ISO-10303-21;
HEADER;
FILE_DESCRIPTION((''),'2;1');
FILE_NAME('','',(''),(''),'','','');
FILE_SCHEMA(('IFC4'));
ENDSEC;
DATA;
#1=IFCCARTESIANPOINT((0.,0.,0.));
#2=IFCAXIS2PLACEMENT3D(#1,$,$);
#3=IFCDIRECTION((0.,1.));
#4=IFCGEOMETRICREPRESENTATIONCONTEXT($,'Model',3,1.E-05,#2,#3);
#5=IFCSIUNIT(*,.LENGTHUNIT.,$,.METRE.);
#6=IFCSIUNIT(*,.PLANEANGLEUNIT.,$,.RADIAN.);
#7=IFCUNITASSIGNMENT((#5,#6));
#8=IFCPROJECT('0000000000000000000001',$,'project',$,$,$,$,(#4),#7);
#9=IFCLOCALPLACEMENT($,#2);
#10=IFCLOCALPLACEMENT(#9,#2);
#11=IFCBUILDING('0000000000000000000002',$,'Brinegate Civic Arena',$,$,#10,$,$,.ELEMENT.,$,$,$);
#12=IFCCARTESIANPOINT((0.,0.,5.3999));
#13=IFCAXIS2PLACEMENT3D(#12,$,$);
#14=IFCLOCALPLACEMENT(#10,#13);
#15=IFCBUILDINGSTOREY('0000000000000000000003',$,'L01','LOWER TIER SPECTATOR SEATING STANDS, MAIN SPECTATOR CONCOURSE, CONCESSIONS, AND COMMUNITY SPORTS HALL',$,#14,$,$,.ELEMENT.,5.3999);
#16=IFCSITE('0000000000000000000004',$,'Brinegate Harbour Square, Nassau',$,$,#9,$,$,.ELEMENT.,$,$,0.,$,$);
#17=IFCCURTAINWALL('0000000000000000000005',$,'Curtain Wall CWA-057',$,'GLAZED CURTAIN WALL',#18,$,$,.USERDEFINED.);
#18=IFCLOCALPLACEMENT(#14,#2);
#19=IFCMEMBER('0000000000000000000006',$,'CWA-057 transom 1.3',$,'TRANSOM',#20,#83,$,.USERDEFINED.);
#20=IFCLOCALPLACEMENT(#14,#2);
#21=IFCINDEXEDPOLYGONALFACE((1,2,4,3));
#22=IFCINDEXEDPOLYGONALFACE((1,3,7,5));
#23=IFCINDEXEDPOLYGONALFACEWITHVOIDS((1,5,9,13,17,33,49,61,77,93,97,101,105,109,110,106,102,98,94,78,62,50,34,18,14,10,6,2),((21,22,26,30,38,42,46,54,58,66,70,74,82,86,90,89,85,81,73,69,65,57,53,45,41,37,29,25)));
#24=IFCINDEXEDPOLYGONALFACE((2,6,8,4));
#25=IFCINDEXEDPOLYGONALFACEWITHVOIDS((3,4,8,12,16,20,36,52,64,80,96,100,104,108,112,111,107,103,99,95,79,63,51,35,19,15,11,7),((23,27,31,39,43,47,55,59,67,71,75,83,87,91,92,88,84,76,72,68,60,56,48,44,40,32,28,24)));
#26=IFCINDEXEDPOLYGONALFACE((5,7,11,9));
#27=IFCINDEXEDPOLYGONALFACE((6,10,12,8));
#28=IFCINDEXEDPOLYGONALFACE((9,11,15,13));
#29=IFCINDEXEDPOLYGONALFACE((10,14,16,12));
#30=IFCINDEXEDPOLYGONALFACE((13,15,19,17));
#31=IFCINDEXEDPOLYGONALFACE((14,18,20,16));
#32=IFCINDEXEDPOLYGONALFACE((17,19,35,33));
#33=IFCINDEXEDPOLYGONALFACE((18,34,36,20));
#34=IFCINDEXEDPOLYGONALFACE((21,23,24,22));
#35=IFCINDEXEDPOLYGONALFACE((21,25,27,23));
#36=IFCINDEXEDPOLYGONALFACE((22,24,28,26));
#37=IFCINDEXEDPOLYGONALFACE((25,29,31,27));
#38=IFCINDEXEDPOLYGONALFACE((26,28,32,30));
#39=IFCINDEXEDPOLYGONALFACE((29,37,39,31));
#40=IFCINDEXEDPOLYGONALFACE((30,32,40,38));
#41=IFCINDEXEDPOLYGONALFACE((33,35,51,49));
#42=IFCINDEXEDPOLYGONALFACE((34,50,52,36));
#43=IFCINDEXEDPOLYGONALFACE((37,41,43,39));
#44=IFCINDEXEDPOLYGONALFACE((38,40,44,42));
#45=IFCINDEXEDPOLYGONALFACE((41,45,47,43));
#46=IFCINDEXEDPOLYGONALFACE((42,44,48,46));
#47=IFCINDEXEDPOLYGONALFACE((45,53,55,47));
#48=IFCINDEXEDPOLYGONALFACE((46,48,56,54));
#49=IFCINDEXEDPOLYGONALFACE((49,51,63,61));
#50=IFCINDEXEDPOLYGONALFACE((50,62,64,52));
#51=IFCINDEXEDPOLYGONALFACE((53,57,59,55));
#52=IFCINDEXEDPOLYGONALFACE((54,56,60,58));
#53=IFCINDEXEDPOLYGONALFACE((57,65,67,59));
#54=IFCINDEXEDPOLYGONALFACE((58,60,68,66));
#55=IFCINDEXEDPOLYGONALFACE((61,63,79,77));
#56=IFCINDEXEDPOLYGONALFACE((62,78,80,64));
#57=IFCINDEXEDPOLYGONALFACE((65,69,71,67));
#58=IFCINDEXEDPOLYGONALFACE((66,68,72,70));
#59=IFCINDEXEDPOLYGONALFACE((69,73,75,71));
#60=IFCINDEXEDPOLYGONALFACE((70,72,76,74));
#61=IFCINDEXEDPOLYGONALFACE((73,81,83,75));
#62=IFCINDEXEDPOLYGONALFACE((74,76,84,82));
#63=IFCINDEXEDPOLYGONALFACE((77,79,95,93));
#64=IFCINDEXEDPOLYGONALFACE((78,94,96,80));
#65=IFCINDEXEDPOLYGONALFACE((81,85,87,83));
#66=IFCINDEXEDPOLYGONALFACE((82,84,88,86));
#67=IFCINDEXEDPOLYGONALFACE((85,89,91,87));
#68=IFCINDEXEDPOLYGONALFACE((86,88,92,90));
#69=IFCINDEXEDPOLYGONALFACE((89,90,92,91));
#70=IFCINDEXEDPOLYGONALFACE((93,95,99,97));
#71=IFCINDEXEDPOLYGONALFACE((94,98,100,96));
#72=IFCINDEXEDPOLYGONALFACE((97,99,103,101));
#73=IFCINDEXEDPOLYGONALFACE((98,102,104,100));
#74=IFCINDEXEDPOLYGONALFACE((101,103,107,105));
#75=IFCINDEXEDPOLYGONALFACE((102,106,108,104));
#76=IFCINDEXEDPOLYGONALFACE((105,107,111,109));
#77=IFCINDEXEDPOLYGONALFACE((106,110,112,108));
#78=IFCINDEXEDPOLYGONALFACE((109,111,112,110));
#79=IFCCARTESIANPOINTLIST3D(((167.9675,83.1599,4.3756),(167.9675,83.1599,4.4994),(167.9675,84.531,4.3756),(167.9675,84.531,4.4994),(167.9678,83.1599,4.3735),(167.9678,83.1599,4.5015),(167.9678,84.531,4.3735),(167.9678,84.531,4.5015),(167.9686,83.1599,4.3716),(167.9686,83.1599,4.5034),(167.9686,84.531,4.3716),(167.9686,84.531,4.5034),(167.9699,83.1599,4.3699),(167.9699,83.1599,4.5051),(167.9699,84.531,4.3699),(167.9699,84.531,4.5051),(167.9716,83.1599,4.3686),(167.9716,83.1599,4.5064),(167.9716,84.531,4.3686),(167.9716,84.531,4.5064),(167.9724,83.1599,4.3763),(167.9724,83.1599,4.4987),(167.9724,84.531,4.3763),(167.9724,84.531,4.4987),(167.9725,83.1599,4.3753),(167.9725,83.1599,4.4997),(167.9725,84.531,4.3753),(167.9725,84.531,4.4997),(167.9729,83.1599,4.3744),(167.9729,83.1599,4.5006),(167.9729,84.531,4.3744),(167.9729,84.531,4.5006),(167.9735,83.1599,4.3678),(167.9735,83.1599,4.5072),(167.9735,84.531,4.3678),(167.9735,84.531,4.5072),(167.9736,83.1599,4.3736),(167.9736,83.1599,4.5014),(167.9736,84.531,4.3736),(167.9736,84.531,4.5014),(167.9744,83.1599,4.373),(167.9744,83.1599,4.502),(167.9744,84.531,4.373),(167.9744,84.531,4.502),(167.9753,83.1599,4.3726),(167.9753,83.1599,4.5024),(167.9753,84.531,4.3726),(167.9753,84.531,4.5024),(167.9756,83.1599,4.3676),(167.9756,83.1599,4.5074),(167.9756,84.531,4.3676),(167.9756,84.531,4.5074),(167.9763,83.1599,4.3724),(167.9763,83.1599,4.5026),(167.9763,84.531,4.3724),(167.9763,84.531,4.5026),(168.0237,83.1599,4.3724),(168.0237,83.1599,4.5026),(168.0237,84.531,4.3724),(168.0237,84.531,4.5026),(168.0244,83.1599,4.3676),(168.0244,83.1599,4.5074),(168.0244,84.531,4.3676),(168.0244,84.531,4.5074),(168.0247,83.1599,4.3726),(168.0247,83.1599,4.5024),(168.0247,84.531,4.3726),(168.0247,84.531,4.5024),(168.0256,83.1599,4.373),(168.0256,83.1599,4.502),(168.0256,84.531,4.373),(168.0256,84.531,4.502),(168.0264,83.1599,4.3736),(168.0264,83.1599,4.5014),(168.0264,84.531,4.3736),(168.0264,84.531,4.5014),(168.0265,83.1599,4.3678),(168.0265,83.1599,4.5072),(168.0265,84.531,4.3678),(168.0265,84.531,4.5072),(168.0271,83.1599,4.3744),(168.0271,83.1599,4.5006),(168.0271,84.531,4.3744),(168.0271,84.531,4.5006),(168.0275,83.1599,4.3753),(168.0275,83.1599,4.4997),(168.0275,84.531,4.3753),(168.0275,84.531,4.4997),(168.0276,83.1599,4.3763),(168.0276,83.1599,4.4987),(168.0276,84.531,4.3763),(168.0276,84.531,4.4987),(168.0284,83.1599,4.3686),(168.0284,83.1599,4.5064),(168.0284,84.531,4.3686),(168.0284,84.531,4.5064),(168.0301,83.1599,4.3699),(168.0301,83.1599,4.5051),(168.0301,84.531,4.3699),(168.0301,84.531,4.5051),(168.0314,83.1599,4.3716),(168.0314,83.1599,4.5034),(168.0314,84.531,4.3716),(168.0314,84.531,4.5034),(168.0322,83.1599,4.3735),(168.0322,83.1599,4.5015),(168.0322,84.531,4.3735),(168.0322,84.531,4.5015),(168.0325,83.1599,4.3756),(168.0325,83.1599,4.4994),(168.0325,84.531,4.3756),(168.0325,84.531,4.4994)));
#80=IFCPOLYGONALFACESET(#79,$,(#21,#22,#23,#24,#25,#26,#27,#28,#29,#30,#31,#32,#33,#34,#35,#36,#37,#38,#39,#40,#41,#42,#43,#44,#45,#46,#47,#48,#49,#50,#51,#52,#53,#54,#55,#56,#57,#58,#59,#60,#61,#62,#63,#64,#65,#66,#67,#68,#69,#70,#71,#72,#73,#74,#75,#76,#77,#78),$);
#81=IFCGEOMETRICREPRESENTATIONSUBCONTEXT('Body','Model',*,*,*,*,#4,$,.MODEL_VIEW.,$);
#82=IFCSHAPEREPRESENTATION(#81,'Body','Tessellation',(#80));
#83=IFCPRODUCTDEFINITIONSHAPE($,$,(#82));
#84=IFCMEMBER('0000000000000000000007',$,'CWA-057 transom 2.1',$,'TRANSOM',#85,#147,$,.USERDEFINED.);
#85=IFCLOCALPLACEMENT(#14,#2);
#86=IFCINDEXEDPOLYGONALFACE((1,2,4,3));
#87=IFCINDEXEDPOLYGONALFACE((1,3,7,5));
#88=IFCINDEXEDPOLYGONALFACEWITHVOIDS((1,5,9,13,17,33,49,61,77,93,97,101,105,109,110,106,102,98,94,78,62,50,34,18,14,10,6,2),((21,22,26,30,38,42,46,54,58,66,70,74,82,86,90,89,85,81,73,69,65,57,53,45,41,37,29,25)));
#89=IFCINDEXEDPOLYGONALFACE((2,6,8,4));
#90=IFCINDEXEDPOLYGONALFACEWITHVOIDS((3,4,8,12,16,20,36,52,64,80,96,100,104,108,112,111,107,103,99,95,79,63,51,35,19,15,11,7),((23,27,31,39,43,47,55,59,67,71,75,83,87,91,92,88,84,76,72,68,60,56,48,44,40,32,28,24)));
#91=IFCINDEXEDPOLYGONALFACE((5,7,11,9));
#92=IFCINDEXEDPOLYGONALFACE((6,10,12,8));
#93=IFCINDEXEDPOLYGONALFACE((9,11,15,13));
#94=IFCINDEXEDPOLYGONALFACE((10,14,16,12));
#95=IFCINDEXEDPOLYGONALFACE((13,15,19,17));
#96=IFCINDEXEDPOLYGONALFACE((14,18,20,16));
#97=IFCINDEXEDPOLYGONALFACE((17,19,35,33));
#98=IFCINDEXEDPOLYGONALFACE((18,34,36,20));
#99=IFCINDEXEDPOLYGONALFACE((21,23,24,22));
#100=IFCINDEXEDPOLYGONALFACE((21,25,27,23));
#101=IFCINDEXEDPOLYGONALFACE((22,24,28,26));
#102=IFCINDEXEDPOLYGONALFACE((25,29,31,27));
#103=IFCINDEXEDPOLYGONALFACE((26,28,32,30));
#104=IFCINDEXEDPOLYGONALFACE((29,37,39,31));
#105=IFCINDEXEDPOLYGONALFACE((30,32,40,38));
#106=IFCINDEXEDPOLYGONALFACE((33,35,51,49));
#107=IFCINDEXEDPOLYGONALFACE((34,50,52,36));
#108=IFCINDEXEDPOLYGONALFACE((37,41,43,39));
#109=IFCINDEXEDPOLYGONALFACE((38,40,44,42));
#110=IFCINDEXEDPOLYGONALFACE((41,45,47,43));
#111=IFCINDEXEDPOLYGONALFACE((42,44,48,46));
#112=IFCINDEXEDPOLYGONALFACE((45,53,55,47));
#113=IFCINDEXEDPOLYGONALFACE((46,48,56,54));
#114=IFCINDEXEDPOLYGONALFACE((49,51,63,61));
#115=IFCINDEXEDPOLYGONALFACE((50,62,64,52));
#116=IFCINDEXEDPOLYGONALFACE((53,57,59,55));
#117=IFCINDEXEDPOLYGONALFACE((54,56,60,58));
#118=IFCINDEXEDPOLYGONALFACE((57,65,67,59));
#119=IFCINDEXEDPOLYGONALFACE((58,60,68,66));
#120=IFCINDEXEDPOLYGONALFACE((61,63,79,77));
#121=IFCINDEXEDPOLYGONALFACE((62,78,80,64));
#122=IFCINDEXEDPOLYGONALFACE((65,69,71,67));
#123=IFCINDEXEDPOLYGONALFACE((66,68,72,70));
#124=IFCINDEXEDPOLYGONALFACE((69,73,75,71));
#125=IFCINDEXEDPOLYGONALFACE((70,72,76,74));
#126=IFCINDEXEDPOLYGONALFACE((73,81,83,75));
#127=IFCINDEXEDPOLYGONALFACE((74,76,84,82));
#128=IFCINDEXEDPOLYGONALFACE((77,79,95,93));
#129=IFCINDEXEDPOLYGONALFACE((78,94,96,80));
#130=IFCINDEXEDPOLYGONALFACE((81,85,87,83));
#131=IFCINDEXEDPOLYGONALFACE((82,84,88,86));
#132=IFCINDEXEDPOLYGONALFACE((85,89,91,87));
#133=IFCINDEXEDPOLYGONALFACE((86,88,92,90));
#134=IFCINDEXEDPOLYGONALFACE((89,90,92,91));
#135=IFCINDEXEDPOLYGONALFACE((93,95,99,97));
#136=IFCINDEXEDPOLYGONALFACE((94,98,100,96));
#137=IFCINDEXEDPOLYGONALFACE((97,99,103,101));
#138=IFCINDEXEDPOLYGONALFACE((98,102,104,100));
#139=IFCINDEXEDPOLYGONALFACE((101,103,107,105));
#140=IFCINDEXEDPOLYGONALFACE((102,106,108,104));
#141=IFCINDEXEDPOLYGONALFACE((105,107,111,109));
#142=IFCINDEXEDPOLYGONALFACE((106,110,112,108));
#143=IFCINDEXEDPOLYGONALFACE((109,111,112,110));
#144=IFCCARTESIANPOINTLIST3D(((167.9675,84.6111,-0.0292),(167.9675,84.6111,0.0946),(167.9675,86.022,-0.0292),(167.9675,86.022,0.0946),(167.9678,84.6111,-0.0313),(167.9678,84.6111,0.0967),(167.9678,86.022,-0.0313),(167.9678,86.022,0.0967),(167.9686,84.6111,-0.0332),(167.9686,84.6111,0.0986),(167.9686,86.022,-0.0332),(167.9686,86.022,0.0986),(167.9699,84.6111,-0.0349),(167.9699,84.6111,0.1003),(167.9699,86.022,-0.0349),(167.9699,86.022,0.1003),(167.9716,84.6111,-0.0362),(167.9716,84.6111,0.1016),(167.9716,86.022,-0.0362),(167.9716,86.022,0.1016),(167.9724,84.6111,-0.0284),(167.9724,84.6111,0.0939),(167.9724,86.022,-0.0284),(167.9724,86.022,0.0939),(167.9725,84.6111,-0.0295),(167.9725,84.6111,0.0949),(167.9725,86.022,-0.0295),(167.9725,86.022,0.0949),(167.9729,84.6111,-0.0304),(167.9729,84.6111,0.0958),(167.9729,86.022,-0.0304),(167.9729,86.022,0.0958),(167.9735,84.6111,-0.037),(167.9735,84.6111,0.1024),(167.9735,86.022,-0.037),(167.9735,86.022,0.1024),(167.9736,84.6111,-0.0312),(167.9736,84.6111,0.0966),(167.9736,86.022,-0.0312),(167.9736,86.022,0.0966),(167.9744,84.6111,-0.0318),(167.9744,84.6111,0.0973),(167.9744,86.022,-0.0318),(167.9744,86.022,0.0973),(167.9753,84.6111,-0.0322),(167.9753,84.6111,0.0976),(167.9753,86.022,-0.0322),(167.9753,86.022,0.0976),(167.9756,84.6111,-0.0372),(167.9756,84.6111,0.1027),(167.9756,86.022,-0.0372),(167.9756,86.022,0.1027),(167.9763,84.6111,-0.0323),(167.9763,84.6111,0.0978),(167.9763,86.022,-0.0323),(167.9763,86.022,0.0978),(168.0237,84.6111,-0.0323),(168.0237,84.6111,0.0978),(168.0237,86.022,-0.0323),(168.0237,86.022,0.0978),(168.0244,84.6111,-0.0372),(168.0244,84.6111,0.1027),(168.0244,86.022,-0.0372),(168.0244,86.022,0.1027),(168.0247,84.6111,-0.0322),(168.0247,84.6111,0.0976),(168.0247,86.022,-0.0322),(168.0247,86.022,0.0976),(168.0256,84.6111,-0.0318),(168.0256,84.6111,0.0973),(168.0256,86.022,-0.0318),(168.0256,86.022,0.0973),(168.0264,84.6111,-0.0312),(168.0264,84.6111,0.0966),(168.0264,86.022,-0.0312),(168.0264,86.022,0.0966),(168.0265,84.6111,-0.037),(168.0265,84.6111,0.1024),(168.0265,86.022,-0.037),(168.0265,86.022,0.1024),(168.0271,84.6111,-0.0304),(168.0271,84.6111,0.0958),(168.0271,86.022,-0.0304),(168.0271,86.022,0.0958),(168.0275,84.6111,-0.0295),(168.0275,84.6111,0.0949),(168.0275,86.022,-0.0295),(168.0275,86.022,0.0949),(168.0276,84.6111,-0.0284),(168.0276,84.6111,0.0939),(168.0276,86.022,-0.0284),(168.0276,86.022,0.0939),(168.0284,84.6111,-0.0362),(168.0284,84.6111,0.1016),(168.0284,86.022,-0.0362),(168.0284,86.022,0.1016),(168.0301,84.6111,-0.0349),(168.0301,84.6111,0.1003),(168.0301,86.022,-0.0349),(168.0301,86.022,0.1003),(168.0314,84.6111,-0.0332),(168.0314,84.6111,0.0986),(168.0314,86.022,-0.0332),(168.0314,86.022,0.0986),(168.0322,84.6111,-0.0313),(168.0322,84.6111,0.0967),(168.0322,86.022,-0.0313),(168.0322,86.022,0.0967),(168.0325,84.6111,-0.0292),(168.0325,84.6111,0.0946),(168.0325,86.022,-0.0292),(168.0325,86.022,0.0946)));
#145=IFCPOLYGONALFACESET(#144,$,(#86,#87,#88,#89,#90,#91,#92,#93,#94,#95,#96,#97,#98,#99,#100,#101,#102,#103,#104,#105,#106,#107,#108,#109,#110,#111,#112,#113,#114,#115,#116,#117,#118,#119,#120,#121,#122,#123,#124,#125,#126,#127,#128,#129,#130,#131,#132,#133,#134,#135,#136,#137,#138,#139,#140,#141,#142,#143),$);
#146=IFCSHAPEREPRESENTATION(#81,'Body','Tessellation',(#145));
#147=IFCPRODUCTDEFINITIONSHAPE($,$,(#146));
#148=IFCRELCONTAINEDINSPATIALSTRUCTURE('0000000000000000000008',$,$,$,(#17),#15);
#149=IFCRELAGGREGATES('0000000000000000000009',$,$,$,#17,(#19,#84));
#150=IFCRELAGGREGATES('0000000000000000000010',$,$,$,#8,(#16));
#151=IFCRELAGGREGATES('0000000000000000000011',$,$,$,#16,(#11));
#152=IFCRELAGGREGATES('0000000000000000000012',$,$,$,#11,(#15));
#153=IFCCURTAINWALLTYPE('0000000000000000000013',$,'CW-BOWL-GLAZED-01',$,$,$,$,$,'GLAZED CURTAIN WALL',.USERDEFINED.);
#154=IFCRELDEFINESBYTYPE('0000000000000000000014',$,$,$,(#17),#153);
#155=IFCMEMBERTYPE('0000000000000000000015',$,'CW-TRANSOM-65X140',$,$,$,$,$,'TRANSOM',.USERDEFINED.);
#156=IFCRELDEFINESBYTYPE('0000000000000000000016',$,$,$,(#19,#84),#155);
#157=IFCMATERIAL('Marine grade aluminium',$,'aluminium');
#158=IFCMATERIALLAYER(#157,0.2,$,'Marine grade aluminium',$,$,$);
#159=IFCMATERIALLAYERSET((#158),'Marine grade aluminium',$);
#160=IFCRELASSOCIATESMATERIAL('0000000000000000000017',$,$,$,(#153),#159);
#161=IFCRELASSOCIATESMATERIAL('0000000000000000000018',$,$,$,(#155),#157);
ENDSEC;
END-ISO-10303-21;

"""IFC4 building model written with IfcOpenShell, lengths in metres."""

from ifc_helpers import new_model, si_unit, direction, frame, origin, origin_2d, place, context, subcontext, project, spatial, hollow_rectangle, extrude, material, layer, layer_set, material_profile, profile_set, type_object, element, aggregate, save


model = new_model("IFC4")

# Units and contexts
model_context = context("Model", 3, precision=1e-05, world=origin(), true_north=direction((0.0, 1.0)))
body_context = subcontext(model_context, "Body", "Model", "MODEL_VIEW")
ifc_project = project(units=[si_unit("LENGTHUNIT", "METRE"), si_unit("PLANEANGLEUNIT", "RADIAN")], contexts=[model_context])

# Site, building, storey
site_placement = place(None, origin())
site = spatial("IfcSite", under=ifc_project, at=site_placement, Name="Brinegate Harbour Square, Nassau", CompositionType="ELEMENT", RefElevation=0.0)
building_placement = place(site_placement, origin())
building = spatial("IfcBuilding", under=site, at=building_placement, Name="Brinegate Civic Arena", CompositionType="ELEMENT")
storey_placement = place(building_placement, frame((0.0, 0.0, 5.3999)))
storey = spatial("IfcBuildingStorey", under=building, at=storey_placement, Name="L01", Description="LOWER TIER SPECTATOR SEATING STANDS, MAIN SPECTATOR CONCOURSE, CONCESSIONS, AND COMMUNITY SPORTS HALL", CompositionType="ELEMENT", Elevation=5.3999)

# Curtain wall, members
ifc_material_1 = material(Name="Marine grade aluminium", Category="aluminium")
ifc_layer_1 = layer(ifc_material_1, 0.2, Name="Marine grade aluminium")
ifc_layer_set_1 = layer_set([ifc_layer_1], Name="Marine grade aluminium")
curtain_wall_type = type_object("IfcCurtainWallType", Name="CW-BOWL-GLAZED-01", ElementType="GLAZED CURTAIN WALL", PredefinedType="USERDEFINED", material=ifc_layer_set_1)
curtain_wall_placement = place(storey_placement, origin())
curtain_wall = element("IfcCurtainWall", 1, at=curtain_wall_placement, inside=storey, type_object=curtain_wall_type, Name="Curtain Wall CWA-057", ObjectType="GLAZED CURTAIN WALL", PredefinedType="USERDEFINED")
ifc_material_profile_1 = material_profile(ifc_material_1, hollow_rectangle(XDim=0.0649, YDim=0.1399, WallThickness=0.0049, InnerFilletRadius=0.0039, OuterFilletRadius=0.0081, at=origin_2d()), Name="TRN65X140")
ifc_profile_set_1 = profile_set([ifc_material_profile_1], Name="Marine grade aluminium")
member_type_1 = type_object("IfcMemberType", Name="CW-TRANSOM-65X140", ElementType="TRANSOM", PredefinedType="USERDEFINED", material=ifc_profile_set_1)
member_1_placement = place(storey_placement, frame((168.0, 83.1599, 4.4375), z_axis=(0.0, 1.0, 0.0), x_axis=(-1.0, 0.0, 0.0)))
member_1 = element("IfcMember", 2, at=member_1_placement, type_object=member_type_1, Name="CWA-057 transom 1.3", ObjectType="TRANSOM", PredefinedType="USERDEFINED", context=body_context, shape_type="SweptSolid", body=[
    extrude(hollow_rectangle(XDim=0.0649, YDim=0.1399, WallThickness=0.0049, InnerFilletRadius=0.0039, OuterFilletRadius=0.0081, at=origin_2d()), origin(), (0.0, 0.0, 1.0), 1.3711),
])
member_2_placement = place(storey_placement, frame((168.0, 84.6111, 0.0327), z_axis=(0.0, 1.0, 0.0), x_axis=(-1.0, 0.0, 0.0)))
member_2 = element("IfcMember", 3, at=member_2_placement, type_object=member_type_1, Name="CWA-057 transom 2.1", ObjectType="TRANSOM", PredefinedType="USERDEFINED", context=body_context, shape_type="SweptSolid", body=[
    extrude(hollow_rectangle(XDim=0.0649, YDim=0.1399, WallThickness=0.0049, InnerFilletRadius=0.0039, OuterFilletRadius=0.0081, at=origin_2d()), origin(), (0.0, 0.0, 1.0), 1.4109),
])
aggregate(curtain_wall, [member_1, member_2])

save(model, "model.ifc")
